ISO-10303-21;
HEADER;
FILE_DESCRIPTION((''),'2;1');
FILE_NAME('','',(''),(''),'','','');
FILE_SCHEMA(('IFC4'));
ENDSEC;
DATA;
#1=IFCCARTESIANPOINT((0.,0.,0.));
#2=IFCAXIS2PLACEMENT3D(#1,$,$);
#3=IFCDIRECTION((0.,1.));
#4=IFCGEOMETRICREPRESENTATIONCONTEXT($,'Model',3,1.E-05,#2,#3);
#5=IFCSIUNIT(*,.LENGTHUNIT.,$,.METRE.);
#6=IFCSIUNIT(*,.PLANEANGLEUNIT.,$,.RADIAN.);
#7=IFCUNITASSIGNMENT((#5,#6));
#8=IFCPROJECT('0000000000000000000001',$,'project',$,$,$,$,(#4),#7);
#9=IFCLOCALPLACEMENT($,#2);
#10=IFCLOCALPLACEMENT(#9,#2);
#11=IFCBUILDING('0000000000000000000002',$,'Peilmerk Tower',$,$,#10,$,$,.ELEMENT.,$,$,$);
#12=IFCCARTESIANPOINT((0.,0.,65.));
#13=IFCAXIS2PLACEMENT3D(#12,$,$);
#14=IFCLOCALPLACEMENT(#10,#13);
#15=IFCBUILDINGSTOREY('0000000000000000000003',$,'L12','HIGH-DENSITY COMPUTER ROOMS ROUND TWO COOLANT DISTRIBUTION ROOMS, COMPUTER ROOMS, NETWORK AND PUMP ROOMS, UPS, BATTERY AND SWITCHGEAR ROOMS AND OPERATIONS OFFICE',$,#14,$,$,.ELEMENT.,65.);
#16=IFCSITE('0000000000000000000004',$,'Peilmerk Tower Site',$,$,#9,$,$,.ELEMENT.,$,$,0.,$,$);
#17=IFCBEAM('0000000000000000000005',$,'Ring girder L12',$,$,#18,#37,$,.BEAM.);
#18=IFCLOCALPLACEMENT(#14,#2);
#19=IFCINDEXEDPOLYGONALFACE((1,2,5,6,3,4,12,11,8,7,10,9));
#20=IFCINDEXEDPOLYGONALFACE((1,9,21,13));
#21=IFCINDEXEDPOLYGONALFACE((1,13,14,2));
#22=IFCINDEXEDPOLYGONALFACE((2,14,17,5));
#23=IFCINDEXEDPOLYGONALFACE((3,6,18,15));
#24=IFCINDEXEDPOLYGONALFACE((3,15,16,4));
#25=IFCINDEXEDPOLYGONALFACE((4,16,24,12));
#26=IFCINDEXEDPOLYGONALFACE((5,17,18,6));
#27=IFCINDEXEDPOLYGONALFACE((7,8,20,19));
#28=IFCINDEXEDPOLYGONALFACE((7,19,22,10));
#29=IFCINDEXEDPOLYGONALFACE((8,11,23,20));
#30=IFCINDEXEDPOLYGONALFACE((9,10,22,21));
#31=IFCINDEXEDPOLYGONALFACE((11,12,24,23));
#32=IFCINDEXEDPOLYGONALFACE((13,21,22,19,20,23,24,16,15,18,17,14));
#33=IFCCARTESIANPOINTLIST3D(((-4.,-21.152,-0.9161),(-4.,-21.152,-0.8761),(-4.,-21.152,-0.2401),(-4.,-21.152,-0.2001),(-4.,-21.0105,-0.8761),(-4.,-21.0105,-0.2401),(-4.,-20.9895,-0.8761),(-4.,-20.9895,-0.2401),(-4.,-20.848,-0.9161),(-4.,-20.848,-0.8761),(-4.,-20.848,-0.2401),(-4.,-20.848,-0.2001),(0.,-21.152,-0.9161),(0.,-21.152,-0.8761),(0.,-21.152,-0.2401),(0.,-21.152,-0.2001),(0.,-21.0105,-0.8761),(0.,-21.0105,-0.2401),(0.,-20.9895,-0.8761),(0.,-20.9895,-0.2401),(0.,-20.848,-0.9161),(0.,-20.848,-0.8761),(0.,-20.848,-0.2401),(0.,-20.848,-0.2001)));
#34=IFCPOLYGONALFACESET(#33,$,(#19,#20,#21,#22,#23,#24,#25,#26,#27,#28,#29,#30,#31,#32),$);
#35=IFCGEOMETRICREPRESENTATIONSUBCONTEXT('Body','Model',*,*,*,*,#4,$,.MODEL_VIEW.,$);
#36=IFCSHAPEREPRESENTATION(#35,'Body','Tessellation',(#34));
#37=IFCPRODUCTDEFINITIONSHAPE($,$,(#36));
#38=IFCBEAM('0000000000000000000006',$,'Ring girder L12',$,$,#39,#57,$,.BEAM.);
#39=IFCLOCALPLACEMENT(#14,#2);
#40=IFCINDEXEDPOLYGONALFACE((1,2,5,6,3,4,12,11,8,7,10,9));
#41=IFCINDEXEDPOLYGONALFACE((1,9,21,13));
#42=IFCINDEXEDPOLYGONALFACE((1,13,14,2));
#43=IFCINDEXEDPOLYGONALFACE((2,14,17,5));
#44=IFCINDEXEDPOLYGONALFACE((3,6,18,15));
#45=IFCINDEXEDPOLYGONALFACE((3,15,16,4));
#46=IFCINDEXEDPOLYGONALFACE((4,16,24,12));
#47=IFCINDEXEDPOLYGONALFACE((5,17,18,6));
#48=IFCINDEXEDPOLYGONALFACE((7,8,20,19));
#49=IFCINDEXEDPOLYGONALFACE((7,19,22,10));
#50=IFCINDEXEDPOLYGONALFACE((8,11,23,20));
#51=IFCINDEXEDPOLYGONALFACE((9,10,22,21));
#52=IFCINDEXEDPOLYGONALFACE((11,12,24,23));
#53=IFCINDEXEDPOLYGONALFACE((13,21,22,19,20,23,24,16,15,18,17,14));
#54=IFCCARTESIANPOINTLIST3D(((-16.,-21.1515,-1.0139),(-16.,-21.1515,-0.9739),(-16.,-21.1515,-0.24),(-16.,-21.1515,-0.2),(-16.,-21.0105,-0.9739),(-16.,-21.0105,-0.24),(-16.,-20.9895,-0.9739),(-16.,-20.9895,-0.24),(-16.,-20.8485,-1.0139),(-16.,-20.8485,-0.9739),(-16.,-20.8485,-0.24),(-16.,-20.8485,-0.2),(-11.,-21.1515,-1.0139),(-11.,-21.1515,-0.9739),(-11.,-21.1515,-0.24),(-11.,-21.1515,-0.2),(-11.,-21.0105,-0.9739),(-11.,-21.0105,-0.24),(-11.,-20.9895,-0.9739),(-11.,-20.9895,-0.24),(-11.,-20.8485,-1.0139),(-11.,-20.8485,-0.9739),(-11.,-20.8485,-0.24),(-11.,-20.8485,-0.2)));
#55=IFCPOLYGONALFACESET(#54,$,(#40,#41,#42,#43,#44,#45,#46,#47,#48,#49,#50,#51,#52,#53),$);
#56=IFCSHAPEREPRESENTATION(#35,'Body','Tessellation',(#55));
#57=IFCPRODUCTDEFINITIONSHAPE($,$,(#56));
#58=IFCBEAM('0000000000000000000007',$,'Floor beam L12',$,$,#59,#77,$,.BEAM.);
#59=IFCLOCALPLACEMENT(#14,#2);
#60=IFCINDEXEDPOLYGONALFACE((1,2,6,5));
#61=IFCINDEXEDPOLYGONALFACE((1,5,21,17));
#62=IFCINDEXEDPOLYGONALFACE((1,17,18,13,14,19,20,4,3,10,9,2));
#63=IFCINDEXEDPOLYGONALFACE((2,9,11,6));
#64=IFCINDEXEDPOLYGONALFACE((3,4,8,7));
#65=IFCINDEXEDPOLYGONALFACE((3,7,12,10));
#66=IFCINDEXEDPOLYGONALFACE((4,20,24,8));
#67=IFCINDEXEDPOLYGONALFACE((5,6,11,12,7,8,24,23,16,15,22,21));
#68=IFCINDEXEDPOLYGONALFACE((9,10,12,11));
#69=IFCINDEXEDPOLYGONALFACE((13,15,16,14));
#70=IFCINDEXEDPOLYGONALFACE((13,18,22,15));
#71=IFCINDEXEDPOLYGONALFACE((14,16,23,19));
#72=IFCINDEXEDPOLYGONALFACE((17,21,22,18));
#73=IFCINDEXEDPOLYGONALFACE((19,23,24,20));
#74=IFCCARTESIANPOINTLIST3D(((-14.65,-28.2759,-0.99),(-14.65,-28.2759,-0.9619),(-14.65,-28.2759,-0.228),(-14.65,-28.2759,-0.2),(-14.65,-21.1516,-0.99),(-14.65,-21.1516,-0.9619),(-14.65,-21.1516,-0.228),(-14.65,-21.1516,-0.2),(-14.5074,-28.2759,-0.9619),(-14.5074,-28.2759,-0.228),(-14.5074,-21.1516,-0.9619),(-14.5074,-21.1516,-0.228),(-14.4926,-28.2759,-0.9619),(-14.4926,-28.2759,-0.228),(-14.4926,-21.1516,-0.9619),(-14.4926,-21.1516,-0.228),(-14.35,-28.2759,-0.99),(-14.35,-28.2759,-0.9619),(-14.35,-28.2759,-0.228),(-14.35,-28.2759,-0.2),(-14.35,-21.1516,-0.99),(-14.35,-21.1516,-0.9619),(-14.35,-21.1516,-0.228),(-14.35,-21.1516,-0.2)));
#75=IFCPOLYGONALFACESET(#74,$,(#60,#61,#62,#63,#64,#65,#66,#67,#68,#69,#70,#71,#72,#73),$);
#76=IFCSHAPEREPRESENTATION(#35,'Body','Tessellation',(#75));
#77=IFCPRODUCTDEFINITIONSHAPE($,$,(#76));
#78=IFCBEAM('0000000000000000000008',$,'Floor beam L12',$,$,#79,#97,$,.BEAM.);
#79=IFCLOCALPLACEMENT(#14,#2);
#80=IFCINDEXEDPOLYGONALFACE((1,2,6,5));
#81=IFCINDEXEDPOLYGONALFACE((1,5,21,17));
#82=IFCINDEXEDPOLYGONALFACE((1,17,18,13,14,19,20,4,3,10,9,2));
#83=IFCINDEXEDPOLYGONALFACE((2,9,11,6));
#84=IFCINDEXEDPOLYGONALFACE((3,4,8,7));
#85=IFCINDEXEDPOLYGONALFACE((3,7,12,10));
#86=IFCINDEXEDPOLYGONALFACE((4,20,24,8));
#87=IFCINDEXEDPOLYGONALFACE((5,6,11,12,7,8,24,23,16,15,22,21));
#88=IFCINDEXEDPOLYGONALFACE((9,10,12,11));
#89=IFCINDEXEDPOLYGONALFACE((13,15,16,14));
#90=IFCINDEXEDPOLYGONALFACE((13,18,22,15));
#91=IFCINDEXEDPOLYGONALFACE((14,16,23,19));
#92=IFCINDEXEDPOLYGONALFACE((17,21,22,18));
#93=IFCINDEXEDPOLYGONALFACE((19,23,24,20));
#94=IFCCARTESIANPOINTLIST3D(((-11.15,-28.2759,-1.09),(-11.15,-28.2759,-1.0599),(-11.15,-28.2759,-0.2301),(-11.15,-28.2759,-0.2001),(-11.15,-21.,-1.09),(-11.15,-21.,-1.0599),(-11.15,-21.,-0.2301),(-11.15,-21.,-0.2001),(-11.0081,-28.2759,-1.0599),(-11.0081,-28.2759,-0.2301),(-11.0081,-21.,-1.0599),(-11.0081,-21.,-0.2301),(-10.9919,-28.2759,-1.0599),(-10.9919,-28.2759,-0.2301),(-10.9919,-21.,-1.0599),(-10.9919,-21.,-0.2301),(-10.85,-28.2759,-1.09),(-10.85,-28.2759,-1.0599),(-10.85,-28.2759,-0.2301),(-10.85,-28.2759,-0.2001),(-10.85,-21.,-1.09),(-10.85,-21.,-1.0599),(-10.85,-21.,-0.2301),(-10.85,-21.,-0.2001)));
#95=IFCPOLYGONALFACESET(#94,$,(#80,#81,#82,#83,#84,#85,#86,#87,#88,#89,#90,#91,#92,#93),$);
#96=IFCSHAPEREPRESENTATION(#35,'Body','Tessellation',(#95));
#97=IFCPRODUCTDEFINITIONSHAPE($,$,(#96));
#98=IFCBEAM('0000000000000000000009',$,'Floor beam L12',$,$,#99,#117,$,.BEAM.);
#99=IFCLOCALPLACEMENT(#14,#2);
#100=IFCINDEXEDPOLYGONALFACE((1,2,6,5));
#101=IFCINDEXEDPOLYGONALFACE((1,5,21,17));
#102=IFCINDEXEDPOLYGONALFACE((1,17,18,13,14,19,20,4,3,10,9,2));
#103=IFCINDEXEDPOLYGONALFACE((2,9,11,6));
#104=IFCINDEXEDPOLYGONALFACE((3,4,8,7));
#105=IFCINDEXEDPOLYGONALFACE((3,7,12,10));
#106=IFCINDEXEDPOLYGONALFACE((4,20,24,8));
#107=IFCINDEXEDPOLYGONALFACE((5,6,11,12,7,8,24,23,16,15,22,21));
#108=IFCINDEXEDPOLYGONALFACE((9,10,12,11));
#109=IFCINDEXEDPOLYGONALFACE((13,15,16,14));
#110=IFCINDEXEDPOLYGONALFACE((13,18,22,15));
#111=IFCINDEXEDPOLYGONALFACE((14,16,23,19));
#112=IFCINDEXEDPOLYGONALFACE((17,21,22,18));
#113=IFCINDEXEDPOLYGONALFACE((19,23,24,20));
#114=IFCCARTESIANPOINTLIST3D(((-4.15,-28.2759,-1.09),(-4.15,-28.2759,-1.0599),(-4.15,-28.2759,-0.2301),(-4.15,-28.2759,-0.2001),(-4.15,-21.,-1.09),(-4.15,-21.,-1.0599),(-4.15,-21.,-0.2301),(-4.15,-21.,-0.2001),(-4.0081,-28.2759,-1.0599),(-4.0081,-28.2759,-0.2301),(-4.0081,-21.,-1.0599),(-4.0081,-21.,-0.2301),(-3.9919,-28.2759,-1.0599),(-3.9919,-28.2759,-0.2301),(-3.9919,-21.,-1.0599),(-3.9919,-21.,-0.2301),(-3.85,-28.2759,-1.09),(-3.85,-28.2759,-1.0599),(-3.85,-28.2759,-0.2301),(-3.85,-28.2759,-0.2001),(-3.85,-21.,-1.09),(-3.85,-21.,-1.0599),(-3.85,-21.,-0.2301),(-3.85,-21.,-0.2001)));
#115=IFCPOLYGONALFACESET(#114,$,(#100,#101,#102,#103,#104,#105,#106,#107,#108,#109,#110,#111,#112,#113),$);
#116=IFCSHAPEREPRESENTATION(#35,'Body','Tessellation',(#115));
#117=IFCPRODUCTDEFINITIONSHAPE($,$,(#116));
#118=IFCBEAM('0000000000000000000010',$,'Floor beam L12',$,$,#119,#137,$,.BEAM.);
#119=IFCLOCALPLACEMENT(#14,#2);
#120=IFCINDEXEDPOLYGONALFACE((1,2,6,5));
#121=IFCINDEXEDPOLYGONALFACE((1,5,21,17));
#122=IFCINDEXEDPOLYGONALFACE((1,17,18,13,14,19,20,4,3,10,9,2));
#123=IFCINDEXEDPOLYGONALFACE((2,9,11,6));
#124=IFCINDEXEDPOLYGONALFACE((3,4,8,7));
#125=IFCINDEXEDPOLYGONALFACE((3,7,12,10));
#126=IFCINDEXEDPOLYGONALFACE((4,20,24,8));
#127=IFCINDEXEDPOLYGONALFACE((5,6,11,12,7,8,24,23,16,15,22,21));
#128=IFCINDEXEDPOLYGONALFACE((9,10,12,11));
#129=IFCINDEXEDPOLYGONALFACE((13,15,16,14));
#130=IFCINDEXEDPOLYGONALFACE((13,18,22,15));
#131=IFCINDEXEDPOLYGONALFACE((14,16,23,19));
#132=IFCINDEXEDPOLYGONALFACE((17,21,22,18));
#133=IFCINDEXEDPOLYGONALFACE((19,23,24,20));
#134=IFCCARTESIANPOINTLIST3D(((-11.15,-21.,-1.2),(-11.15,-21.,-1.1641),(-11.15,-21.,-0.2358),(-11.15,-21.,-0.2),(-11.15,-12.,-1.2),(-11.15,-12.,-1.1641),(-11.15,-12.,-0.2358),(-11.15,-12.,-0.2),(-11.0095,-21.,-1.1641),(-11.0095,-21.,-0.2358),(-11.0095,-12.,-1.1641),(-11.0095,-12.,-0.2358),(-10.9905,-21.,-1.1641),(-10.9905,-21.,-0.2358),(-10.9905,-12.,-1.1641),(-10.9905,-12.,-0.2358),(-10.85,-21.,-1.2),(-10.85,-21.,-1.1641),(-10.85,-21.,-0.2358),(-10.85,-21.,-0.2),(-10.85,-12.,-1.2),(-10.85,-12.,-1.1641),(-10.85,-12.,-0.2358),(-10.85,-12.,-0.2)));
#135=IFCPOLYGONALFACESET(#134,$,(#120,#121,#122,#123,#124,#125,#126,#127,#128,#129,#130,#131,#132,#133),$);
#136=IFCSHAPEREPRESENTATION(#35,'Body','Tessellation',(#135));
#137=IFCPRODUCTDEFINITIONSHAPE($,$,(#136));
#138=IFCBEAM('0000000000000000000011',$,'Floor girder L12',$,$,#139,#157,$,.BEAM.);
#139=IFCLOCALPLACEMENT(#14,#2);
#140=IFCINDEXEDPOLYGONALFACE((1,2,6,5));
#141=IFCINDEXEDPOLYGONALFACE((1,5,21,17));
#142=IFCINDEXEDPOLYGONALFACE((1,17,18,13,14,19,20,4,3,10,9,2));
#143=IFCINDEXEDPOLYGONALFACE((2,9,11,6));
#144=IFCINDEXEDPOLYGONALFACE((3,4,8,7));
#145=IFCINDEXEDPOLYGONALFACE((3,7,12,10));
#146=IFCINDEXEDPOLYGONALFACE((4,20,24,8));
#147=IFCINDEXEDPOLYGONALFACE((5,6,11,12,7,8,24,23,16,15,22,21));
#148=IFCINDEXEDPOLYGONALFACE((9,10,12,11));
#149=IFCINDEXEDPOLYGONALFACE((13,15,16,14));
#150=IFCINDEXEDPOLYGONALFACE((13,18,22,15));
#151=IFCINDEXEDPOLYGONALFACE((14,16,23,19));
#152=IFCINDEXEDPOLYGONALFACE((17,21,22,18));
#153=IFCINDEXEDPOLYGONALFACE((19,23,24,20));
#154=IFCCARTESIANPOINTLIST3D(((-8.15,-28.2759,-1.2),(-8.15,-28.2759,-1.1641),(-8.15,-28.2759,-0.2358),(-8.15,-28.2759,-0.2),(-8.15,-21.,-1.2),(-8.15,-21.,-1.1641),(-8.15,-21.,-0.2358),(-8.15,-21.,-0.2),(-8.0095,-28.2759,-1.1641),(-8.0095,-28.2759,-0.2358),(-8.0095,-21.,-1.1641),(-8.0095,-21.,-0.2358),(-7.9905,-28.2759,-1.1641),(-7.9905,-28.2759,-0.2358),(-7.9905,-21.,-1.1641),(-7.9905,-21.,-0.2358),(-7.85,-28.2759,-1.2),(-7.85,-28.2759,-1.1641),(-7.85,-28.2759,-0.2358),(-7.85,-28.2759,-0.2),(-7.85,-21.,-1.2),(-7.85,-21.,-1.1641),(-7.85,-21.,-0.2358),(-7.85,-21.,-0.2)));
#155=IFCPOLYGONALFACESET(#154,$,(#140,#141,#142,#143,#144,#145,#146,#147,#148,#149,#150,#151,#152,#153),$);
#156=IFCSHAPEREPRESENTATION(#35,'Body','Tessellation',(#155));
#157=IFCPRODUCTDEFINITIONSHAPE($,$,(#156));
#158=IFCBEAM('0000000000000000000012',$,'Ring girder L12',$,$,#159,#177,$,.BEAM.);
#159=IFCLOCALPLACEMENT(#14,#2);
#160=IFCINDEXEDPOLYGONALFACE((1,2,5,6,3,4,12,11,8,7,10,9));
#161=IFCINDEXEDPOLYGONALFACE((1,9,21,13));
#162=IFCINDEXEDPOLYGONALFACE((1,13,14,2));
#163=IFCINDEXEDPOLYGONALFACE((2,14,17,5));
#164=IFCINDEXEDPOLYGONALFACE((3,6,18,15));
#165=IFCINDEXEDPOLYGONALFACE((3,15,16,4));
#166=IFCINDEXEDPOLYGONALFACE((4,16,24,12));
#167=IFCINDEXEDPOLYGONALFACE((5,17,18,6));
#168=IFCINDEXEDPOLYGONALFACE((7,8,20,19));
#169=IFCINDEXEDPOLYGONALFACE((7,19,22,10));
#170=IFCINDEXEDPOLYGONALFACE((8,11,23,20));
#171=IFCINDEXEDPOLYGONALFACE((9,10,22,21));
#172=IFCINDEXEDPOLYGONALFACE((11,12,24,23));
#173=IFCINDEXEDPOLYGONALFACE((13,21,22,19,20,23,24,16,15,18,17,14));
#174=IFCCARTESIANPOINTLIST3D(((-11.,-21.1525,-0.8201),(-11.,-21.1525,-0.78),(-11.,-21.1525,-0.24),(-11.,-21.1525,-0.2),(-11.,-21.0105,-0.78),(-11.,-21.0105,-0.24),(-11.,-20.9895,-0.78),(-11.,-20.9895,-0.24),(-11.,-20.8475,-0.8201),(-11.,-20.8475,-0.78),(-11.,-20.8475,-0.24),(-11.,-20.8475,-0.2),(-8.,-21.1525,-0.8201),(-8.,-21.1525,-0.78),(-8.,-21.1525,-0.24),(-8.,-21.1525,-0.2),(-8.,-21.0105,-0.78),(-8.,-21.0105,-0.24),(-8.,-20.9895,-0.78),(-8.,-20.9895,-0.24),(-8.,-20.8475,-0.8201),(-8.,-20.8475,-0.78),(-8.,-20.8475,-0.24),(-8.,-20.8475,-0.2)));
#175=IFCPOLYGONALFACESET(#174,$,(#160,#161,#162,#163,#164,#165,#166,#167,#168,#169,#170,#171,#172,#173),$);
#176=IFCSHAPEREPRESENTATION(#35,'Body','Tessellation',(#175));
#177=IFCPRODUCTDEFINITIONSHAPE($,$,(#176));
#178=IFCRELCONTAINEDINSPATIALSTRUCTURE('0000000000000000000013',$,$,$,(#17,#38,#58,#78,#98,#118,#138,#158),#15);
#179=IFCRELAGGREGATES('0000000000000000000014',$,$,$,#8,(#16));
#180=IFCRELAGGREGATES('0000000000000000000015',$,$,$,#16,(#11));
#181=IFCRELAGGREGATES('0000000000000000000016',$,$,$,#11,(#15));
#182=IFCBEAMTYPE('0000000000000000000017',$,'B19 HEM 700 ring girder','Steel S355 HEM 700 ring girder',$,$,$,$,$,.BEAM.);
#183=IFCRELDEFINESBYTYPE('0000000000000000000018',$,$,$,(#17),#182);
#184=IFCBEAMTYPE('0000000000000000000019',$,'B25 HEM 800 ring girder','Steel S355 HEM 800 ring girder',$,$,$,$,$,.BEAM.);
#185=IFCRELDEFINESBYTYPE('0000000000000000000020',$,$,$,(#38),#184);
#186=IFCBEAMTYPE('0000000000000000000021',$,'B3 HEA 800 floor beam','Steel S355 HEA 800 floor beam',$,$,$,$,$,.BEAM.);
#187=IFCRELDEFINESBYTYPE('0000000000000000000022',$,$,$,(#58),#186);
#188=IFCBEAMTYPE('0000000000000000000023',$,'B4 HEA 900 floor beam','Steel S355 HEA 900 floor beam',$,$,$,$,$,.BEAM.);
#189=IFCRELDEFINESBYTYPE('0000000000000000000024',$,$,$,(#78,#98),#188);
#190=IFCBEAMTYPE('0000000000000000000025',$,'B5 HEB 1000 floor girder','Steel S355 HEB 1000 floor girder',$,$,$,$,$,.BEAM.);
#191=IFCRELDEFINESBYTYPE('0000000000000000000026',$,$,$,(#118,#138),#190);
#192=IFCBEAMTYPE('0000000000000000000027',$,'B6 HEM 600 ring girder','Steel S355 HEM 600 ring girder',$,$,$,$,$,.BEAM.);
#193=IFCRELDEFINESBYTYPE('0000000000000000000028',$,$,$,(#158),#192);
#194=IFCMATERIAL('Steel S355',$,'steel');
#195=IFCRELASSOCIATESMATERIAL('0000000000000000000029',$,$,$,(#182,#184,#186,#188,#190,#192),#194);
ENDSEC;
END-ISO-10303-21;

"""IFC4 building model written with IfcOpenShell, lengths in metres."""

from ifc_helpers import new_model, si_unit, direction, frame, origin, origin_2d, place, context, subcontext, project, spatial, i_section, extrude, material, material_profile, profile_set, type_object, element, save


model = new_model("IFC4")

# Units and contexts
model_context = context("Model", 3, precision=1e-05, world=origin(), true_north=direction((0.0, 1.0)))
body_context = subcontext(model_context, "Body", "Model", "MODEL_VIEW")
ifc_project = project(units=[si_unit("LENGTHUNIT", "METRE"), si_unit("PLANEANGLEUNIT", "RADIAN")], contexts=[model_context])

# Site, building, storey
site_placement = place(None, origin())
site = spatial("IfcSite", under=ifc_project, at=site_placement, Name="Peilmerk Tower Site", CompositionType="ELEMENT", RefElevation=0.0)
building_placement = place(site_placement, origin())
building = spatial("IfcBuilding", under=site, at=building_placement, Name="Peilmerk Tower", CompositionType="ELEMENT")
storey_placement = place(building_placement, frame((0.0, 0.0, 65.0)))
storey = spatial("IfcBuildingStorey", under=building, at=storey_placement, Name="L12", Description="HIGH-DENSITY COMPUTER ROOMS ROUND TWO COOLANT DISTRIBUTION ROOMS, COMPUTER ROOMS, NETWORK AND PUMP ROOMS, UPS, BATTERY AND SWITCHGEAR ROOMS AND OPERATIONS OFFICE", CompositionType="ELEMENT", Elevation=65.0)

# Beams
ifc_material_1 = material(Name="Steel S355", Category="steel")
ifc_material_profile_1 = material_profile(ifc_material_1, i_section(OverallWidth=0.304, OverallDepth=0.7161, WebThickness=0.021, FlangeThickness=0.04, at=origin_2d()), Name="HEM 700")
ifc_profile_set_1 = profile_set([ifc_material_profile_1], Name="Steel S355")
beam_type_1 = type_object("IfcBeamType", Name="B19 HEM 700 ring girder", Description="Steel S355 HEM 700 ring girder", PredefinedType="BEAM", material=ifc_profile_set_1)
for number, where, z_axis, x_axis, name in (
    (1, (-4.0, -21.0, -0.5581), (1.0, 0.0, 0.0), (0.0, 1.0, 0.0), "Ring girder L12"),
):
    element("IfcBeam", number, at=place(storey_placement, frame(where, z_axis=z_axis, x_axis=x_axis)), inside=storey, type_object=beam_type_1, Name=name, PredefinedType="BEAM", context=body_context, shape_type="SweptSolid", body=[
        extrude(i_section(OverallWidth=0.304, OverallDepth=0.7161, WebThickness=0.021, FlangeThickness=0.04, at=origin_2d()), origin(), (0.0, 0.0, 1.0), 4.0),
    ])
ifc_material_profile_2 = material_profile(ifc_material_1, i_section(OverallWidth=0.303, OverallDepth=0.814, WebThickness=0.021, FlangeThickness=0.04, at=origin_2d()), Name="HEM 800")
ifc_profile_set_2 = profile_set([ifc_material_profile_2], Name="Steel S355")
beam_type_2 = type_object("IfcBeamType", Name="B25 HEM 800 ring girder", Description="Steel S355 HEM 800 ring girder", PredefinedType="BEAM", material=ifc_profile_set_2)
beam_1_placement = place(storey_placement, frame((-16.0, -21.0, -0.6069), z_axis=(1.0, 0.0, 0.0), x_axis=(0.0, 1.0, 0.0)))
element("IfcBeam", 2, at=beam_1_placement, inside=storey, type_object=beam_type_2, Name="Ring girder L12", PredefinedType="BEAM", context=body_context, shape_type="SweptSolid", body=[
    extrude(i_section(OverallWidth=0.303, OverallDepth=0.814, WebThickness=0.021, FlangeThickness=0.04, at=origin_2d()), origin(), (0.0, 0.0, 1.0), 5.0),
])
ifc_material_profile_3 = material_profile(ifc_material_1, i_section(OverallWidth=0.3, OverallDepth=0.79, WebThickness=0.0149, FlangeThickness=0.0281, at=origin_2d()), Name="HEA 800")
ifc_profile_set_3 = profile_set([ifc_material_profile_3], Name="Steel S355")
beam_type_3 = type_object("IfcBeamType", Name="B3 HEA 800 floor beam", Description="Steel S355 HEA 800 floor beam", PredefinedType="BEAM", material=ifc_profile_set_3)
beam_2_placement = place(storey_placement, frame((-14.5, -21.1516, -0.595), z_axis=(0.0, -1.0, 0.0), x_axis=(1.0, 0.0, 0.0)))
element("IfcBeam", 3, at=beam_2_placement, inside=storey, type_object=beam_type_3, Name="Floor beam L12", PredefinedType="BEAM", context=body_context, shape_type="SweptSolid", body=[
    extrude(i_section(OverallWidth=0.3, OverallDepth=0.79, WebThickness=0.0149, FlangeThickness=0.0281, at=origin_2d()), origin(), (0.0, 0.0, 1.0), 7.1243),
])
ifc_material_profile_4 = material_profile(ifc_material_1, i_section(OverallWidth=0.3, OverallDepth=0.8899, WebThickness=0.0161, FlangeThickness=0.03, at=origin_2d()), Name="HEA 900")
ifc_profile_set_4 = profile_set([ifc_material_profile_4], Name="Steel S355")
beam_type_4 = type_object("IfcBeamType", Name="B4 HEA 900 floor beam", Description="Steel S355 HEA 900 floor beam", PredefinedType="BEAM", material=ifc_profile_set_4)
for number, where, z_axis, x_axis, name in (
    (4, (-11.0, -21.0, -0.645), (0.0, -1.0, 0.0), (1.0, 0.0, 0.0), "Floor beam L12"),
    (5, (-4.0, -21.0, -0.645), (0.0, -1.0, 0.0), (1.0, 0.0, 0.0), "Floor beam L12"),
):
    element("IfcBeam", number, at=place(storey_placement, frame(where, z_axis=z_axis, x_axis=x_axis)), inside=storey, type_object=beam_type_4, Name=name, PredefinedType="BEAM", context=body_context, shape_type="SweptSolid", body=[
        extrude(i_section(OverallWidth=0.3, OverallDepth=0.8899, WebThickness=0.0161, FlangeThickness=0.03, at=origin_2d()), origin(), (0.0, 0.0, 1.0), 7.2759),
    ])
ifc_material_profile_5 = material_profile(ifc_material_1, i_section(OverallWidth=0.3, OverallDepth=1.0, WebThickness=0.019, FlangeThickness=0.0359, at=origin_2d()), Name="HEB 1000")
ifc_profile_set_5 = profile_set([ifc_material_profile_5], Name="Steel S355")
beam_type_5 = type_object("IfcBeamType", Name="B5 HEB 1000 floor girder", Description="Steel S355 HEB 1000 floor girder", PredefinedType="BEAM", material=ifc_profile_set_5)
beam_3_placement = place(storey_placement, frame((-11.0, -12.0, -0.7), z_axis=(0.0, -1.0, 0.0), x_axis=(1.0, 0.0, 0.0)))
element("IfcBeam", 6, at=beam_3_placement, inside=storey, type_object=beam_type_5, Name="Floor beam L12", PredefinedType="BEAM", context=body_context, shape_type="SweptSolid", body=[
    extrude(i_section(OverallWidth=0.3, OverallDepth=1.0, WebThickness=0.019, FlangeThickness=0.0359, at=origin_2d()), origin(), (0.0, 0.0, 1.0), 9.0),
])
beam_4_placement = place(storey_placement, frame((-8.0, -21.0, -0.7), z_axis=(0.0, -1.0, 0.0), x_axis=(1.0, 0.0, 0.0)))
element("IfcBeam", 7, at=beam_4_placement, inside=storey, type_object=beam_type_5, Name="Floor girder L12", PredefinedType="BEAM", context=body_context, shape_type="SweptSolid", body=[
    extrude(i_section(OverallWidth=0.3, OverallDepth=1.0, WebThickness=0.019, FlangeThickness=0.0359, at=origin_2d()), origin(), (0.0, 0.0, 1.0), 7.2759),
])
ifc_material_profile_6 = material_profile(ifc_material_1, i_section(OverallWidth=0.3049, OverallDepth=0.6201, WebThickness=0.021, FlangeThickness=0.04, at=origin_2d()), Name="HEM 600")
ifc_profile_set_6 = profile_set([ifc_material_profile_6], Name="Steel S355")
beam_type_6 = type_object("IfcBeamType", Name="B6 HEM 600 ring girder", Description="Steel S355 HEM 600 ring girder", PredefinedType="BEAM", material=ifc_profile_set_6)
beam_5_placement = place(storey_placement, frame((-11.0, -21.0, -0.51), z_axis=(1.0, 0.0, 0.0), x_axis=(0.0, 1.0, 0.0)))
element("IfcBeam", 8, at=beam_5_placement, inside=storey, type_object=beam_type_6, Name="Ring girder L12", PredefinedType="BEAM", context=body_context, shape_type="SweptSolid", body=[
    extrude(i_section(OverallWidth=0.3049, OverallDepth=0.6201, WebThickness=0.021, FlangeThickness=0.04, at=origin_2d()), origin(), (0.0, 0.0, 1.0), 3.0),
])

save(model, "model.ifc")
